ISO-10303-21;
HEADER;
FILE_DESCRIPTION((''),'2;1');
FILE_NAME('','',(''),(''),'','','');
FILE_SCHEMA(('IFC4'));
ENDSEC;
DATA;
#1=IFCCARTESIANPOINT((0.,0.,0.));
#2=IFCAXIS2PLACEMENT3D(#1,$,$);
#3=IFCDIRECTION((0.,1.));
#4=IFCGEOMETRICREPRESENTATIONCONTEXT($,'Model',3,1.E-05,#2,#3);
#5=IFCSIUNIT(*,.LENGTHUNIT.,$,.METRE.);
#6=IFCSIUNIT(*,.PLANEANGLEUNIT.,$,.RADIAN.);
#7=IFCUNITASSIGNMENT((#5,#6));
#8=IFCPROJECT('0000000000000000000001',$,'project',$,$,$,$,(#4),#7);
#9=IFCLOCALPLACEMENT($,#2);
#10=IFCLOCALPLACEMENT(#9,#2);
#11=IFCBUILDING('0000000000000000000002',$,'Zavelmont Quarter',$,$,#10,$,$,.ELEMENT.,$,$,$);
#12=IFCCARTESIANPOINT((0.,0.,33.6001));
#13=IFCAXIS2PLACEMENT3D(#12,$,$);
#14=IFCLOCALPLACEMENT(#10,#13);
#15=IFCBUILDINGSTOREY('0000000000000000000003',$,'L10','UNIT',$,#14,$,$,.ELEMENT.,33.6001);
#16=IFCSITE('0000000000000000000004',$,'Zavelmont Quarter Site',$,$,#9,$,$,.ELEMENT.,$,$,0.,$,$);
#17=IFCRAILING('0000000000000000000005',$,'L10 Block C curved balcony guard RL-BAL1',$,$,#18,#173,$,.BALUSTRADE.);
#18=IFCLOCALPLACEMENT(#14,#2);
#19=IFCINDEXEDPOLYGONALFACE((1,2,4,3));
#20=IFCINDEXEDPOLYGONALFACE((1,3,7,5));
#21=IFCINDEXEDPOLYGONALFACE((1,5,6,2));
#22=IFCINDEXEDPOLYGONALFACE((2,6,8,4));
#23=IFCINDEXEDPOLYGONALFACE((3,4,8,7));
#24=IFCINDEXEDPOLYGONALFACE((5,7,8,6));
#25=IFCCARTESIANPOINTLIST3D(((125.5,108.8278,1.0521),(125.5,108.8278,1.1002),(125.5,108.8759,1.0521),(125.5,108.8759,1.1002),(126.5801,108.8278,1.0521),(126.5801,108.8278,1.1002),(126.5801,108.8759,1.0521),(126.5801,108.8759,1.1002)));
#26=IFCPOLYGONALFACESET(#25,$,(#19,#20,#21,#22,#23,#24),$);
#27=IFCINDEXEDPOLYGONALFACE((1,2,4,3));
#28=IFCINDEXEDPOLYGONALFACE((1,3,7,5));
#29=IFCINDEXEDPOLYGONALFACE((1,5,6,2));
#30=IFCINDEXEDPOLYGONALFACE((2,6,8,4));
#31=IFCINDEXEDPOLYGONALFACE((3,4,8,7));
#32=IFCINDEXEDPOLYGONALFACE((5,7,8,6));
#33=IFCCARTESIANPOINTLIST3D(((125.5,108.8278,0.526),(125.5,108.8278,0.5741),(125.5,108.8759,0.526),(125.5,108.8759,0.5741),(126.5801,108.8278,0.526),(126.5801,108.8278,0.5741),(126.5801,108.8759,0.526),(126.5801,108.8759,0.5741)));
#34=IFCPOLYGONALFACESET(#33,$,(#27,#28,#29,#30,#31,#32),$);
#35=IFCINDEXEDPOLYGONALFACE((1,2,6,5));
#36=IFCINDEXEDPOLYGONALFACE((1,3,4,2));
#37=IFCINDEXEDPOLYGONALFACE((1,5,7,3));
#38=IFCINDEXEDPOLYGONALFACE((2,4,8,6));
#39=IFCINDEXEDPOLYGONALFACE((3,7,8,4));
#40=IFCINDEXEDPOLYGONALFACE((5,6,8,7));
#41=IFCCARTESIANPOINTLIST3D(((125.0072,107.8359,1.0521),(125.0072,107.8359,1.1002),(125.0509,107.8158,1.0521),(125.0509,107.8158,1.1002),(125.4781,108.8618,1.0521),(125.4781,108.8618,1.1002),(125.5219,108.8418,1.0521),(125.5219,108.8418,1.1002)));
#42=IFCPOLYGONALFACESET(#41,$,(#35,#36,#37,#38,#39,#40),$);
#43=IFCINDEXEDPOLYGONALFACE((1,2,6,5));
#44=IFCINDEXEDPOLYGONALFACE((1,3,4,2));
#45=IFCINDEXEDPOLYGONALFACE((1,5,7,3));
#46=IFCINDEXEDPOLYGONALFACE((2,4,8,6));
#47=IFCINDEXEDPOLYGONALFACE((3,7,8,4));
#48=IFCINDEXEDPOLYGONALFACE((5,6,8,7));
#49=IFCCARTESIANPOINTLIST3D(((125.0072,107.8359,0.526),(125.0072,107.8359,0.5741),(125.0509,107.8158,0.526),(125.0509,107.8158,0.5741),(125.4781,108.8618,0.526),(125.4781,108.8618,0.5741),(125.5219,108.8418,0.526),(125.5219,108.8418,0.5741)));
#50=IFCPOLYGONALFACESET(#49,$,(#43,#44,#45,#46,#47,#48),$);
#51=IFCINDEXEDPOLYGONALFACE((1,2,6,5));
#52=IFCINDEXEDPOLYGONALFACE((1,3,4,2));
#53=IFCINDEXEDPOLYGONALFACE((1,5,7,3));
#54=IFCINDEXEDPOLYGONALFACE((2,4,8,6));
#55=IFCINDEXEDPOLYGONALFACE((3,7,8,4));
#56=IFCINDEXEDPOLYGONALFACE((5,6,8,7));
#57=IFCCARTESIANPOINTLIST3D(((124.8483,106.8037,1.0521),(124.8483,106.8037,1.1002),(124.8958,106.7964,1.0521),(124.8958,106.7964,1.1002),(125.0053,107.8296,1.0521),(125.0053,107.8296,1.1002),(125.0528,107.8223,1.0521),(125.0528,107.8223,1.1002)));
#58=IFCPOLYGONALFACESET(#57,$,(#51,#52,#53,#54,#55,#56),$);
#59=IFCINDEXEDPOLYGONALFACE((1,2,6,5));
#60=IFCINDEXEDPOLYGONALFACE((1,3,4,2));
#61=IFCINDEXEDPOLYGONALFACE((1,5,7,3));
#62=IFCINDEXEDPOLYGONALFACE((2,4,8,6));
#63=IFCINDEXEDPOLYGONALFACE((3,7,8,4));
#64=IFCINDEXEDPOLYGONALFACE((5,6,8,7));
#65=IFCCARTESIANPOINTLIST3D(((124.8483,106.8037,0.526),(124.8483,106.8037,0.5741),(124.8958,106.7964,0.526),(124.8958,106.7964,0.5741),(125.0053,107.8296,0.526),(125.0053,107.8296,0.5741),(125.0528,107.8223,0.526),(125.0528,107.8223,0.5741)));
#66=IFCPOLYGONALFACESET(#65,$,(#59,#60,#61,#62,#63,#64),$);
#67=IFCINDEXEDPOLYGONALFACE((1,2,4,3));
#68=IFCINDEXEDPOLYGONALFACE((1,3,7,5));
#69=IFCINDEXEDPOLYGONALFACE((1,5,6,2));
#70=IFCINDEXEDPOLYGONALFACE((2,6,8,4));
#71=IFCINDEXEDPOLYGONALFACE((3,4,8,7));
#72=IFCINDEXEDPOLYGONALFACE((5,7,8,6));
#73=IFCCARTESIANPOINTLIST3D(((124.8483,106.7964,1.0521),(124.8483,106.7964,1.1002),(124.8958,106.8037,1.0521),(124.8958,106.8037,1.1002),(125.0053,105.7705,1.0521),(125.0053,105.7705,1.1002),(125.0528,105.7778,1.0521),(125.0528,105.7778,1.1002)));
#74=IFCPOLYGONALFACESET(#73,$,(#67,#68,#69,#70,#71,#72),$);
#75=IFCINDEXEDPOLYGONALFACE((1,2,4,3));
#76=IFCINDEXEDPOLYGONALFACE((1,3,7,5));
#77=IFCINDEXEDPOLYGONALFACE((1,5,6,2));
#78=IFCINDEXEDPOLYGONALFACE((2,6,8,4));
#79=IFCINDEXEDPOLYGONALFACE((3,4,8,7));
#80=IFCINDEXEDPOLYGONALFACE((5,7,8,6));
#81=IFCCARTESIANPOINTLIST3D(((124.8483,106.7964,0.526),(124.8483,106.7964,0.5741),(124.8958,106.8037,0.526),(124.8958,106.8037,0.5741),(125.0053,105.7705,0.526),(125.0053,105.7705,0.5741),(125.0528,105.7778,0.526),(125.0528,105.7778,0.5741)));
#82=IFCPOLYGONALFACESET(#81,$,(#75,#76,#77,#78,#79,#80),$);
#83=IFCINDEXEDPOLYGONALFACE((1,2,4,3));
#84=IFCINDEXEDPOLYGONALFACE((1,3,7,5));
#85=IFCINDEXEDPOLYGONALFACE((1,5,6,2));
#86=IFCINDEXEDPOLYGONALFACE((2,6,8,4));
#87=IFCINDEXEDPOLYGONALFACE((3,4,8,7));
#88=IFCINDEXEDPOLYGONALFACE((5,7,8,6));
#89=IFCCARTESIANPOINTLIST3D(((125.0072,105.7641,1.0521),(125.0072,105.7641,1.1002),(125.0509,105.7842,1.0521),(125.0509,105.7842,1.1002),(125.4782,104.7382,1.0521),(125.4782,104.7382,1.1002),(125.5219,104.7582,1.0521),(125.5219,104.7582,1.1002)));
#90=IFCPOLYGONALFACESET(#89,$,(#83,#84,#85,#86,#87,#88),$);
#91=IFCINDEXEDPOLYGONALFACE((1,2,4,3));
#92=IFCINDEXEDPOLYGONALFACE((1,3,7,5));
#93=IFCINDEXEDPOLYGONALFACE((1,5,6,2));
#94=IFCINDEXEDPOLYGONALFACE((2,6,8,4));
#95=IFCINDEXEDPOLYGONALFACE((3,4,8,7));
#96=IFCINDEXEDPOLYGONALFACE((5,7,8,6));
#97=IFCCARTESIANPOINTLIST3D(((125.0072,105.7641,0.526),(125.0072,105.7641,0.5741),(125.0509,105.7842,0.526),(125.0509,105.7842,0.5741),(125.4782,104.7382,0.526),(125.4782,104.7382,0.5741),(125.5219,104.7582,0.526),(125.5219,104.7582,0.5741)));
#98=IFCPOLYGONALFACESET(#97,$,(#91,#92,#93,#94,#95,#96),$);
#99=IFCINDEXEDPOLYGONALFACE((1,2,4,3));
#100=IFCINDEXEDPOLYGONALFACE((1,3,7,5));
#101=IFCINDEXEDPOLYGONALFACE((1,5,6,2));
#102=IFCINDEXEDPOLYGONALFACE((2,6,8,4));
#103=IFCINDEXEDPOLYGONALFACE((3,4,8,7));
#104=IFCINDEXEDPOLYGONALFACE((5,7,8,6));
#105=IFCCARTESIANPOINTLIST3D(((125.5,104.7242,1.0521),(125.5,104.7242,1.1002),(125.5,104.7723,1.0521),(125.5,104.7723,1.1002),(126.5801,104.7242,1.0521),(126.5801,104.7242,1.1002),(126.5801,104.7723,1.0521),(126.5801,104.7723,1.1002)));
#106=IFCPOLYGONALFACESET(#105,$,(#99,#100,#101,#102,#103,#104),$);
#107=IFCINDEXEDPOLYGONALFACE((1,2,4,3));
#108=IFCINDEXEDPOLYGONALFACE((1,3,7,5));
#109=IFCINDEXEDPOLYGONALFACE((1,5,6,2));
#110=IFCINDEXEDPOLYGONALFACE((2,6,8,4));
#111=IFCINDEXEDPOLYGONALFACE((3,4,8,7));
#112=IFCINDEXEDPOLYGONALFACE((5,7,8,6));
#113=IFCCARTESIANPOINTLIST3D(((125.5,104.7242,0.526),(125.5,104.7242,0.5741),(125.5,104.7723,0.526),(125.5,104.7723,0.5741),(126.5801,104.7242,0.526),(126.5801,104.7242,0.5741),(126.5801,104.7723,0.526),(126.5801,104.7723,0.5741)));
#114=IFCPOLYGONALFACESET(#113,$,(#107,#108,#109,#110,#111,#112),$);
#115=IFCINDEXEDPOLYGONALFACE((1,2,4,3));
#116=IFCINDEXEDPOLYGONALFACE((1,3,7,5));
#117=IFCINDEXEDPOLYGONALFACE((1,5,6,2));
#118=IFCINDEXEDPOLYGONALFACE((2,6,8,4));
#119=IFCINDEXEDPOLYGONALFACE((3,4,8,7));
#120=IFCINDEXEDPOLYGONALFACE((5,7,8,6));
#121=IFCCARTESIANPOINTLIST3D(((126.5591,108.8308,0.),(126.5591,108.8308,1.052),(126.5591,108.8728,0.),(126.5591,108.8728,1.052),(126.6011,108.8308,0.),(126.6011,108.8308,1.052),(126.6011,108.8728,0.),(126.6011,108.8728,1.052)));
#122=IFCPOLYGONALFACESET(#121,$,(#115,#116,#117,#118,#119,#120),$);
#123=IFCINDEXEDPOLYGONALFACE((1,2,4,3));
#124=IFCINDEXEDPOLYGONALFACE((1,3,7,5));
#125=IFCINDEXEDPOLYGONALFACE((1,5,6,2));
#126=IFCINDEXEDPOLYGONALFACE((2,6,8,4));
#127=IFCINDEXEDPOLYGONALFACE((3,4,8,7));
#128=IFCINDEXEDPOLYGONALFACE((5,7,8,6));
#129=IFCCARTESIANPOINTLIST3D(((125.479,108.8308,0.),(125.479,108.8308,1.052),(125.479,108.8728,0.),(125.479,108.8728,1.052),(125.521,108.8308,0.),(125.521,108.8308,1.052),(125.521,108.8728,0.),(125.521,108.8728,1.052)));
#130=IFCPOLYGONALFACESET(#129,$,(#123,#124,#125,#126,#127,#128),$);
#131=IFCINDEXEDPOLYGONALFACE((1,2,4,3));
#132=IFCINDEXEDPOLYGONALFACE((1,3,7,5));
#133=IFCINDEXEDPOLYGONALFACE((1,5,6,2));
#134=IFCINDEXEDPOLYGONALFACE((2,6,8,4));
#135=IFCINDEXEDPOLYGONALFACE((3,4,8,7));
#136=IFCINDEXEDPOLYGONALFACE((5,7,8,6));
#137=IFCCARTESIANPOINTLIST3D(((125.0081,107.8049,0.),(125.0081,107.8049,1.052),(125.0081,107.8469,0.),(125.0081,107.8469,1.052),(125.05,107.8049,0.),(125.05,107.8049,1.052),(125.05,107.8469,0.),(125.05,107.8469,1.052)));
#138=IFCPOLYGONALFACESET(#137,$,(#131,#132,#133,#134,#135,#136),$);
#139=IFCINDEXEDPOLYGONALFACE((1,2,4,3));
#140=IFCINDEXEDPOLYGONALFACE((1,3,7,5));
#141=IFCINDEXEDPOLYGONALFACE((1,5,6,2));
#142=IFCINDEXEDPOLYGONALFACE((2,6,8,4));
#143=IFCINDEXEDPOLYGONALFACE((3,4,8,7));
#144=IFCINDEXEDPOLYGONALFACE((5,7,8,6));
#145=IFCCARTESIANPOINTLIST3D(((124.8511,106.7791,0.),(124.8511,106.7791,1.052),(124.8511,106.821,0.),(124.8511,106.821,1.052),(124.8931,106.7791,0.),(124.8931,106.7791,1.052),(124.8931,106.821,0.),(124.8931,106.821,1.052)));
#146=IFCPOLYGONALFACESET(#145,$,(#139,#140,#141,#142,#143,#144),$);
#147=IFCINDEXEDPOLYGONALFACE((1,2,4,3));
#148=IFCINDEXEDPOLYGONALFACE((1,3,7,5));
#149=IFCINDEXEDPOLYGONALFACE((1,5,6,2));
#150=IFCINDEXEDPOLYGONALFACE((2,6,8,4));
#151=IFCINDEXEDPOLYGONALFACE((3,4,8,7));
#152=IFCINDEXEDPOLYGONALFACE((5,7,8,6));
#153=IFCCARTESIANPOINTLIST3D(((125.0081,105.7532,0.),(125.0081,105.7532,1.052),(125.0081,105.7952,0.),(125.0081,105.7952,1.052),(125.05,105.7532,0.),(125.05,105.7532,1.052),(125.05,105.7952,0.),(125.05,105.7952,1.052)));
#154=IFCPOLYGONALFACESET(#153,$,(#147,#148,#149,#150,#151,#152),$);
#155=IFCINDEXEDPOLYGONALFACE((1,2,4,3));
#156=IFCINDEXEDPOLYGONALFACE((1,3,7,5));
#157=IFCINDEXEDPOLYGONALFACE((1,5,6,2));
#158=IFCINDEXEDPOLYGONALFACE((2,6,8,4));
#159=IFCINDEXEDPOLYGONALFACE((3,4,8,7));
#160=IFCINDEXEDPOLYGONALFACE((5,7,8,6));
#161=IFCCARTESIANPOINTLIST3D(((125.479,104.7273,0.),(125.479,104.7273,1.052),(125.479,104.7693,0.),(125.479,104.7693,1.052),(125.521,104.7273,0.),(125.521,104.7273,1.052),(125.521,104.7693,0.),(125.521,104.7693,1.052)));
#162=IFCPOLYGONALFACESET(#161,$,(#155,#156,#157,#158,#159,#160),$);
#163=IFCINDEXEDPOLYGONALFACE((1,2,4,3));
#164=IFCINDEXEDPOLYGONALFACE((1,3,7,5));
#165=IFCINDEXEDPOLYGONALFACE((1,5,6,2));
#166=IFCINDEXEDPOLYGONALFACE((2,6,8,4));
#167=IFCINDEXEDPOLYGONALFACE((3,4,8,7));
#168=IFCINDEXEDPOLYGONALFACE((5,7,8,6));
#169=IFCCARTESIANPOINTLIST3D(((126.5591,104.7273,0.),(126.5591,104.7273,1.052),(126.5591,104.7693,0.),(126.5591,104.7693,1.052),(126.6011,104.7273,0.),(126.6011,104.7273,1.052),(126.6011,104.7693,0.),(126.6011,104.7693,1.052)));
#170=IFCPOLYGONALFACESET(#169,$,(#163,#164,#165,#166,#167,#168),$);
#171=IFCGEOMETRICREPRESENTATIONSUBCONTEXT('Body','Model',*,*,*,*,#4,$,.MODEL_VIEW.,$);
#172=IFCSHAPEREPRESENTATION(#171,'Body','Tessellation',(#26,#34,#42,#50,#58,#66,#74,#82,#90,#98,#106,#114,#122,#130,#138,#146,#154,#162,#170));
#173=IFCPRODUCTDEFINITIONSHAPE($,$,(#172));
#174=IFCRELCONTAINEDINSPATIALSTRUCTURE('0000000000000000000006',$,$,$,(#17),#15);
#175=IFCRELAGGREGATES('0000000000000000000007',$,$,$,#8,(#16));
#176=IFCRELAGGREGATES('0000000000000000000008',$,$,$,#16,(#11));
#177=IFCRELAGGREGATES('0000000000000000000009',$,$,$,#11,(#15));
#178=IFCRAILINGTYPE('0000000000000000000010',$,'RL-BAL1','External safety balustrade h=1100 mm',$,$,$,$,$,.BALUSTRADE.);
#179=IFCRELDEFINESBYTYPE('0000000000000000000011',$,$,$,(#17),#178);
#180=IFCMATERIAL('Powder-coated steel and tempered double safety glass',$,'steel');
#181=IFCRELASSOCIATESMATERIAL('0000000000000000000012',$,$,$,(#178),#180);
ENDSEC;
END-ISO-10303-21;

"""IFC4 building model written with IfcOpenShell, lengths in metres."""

from ifc_helpers import new_model, si_unit, direction, frame, origin, origin_2d, place, context, subcontext, project, spatial, rectangle, extrude, material, type_object, element, save


model = new_model("IFC4")

# Units and contexts
model_context = context("Model", 3, precision=1e-05, world=origin(), true_north=direction((0.0, 1.0)))
body_context = subcontext(model_context, "Body", "Model", "MODEL_VIEW")
ifc_project = project(units=[si_unit("LENGTHUNIT", "METRE"), si_unit("PLANEANGLEUNIT", "RADIAN")], contexts=[model_context])

# Site, building, storey
site_placement = place(None, origin())
site = spatial("IfcSite", under=ifc_project, at=site_placement, Name="Zavelmont Quarter Site", CompositionType="ELEMENT", RefElevation=0.0)
building_placement = place(site_placement, origin())
building = spatial("IfcBuilding", under=site, at=building_placement, Name="Zavelmont Quarter", CompositionType="ELEMENT")
storey_placement = place(building_placement, frame((0.0, 0.0, 33.6001)))
storey = spatial("IfcBuildingStorey", under=building, at=storey_placement, Name="L10", Description="UNIT", CompositionType="ELEMENT", Elevation=33.6001)

# Railing
ifc_material_1 = material(Name="Powder-coated steel and tempered double safety glass", Category="steel")
railing_type = type_object("IfcRailingType", Name="RL-BAL1", Description="External safety balustrade h=1100 mm", PredefinedType="BALUSTRADE", material=ifc_material_1)
railing_placement = place(storey_placement, frame((126.5801, 108.8518, 0.0)))
element("IfcRailing", 1, at=railing_placement, inside=storey, type_object=railing_type, Name="L10 Block C curved balcony guard RL-BAL1", PredefinedType="BALUSTRADE", context=body_context, shape_type="SweptSolid", body=[
    extrude(rectangle(XDim=0.0481, YDim=0.0481, at=origin_2d()), frame((0.0, 0.0, 1.0762), z_axis=(-1.0, 0.0, 0.0), x_axis=(0.0, -1.0, 0.0)), (0.0, 0.0, 1.0), 1.0801),
    extrude(rectangle(XDim=0.0481, YDim=0.0481, at=origin_2d()), frame((0.0, 0.0, 0.55), z_axis=(-1.0, 0.0, 0.0), x_axis=(0.0, -1.0, 0.0)), (0.0, 0.0, 1.0), 1.0801),
    extrude(rectangle(XDim=0.0481, YDim=0.0481, at=origin_2d()), frame((-1.0801, 0.0, 1.0762), z_axis=(-0.417206, -0.908812, 0.0), x_axis=(0.908812, -0.417206, 0.0)), (0.0, 0.0, 1.0), 1.1289),
    extrude(rectangle(XDim=0.0481, YDim=0.0481, at=origin_2d()), frame((-1.0801, 0.0, 0.55), z_axis=(-0.417206, -0.908812, 0.0), x_axis=(0.908812, -0.417206, 0.0)), (0.0, 0.0, 1.0), 1.1289),
    extrude(rectangle(XDim=0.0481, YDim=0.0481, at=origin_2d()), frame((-1.551, -1.0259, 1.0762), z_axis=(-0.151262, -0.988494, 0.0), x_axis=(0.988494, -0.151262, 0.0)), (0.0, 0.0, 1.0), 1.0378),
    extrude(rectangle(XDim=0.0481, YDim=0.0481, at=origin_2d()), frame((-1.551, -1.0259, 0.55), z_axis=(-0.151262, -0.988494, 0.0), x_axis=(0.988494, -0.151262, 0.0)), (0.0, 0.0, 1.0), 1.0378),
    extrude(rectangle(XDim=0.0481, YDim=0.0481, at=origin_2d()), frame((-1.708, -2.0518, 1.0762), z_axis=(0.151262, -0.988494, 0.0), x_axis=(0.988494, 0.151262, 0.0)), (0.0, 0.0, 1.0), 1.0378),
    extrude(rectangle(XDim=0.0481, YDim=0.0481, at=origin_2d()), frame((-1.708, -2.0518, 0.55), z_axis=(0.151262, -0.988494, 0.0), x_axis=(0.988494, 0.151262, 0.0)), (0.0, 0.0, 1.0), 1.0378),
    extrude(rectangle(XDim=0.0481, YDim=0.0481, at=origin_2d()), frame((-1.551, -3.0776, 1.0762), z_axis=(0.417206, -0.908812, 0.0), x_axis=(0.908812, 0.417206, 0.0)), (0.0, 0.0, 1.0), 1.1289),
    extrude(rectangle(XDim=0.0481, YDim=0.0481, at=origin_2d()), frame((-1.551, -3.0776, 0.55), z_axis=(0.417206, -0.908812, 0.0), x_axis=(0.908812, 0.417206, 0.0)), (0.0, 0.0, 1.0), 1.1289),
    extrude(rectangle(XDim=0.0481, YDim=0.0481, at=origin_2d()), frame((-1.0801, -4.1035, 1.0762), z_axis=(1.0, 0.0, 0.0), x_axis=(0.0, 1.0, 0.0)), (0.0, 0.0, 1.0), 1.0801),
    extrude(rectangle(XDim=0.0481, YDim=0.0481, at=origin_2d()), frame((-1.0801, -4.1035, 0.55), z_axis=(1.0, 0.0, 0.0), x_axis=(0.0, 1.0, 0.0)), (0.0, 0.0, 1.0), 1.0801),
    extrude(rectangle(XDim=0.042, YDim=0.042, at=origin_2d()), origin(), (0.0, 0.0, 1.0), 1.052),
    extrude(rectangle(XDim=0.042, YDim=0.042, at=origin_2d()), frame((-1.0801, 0.0, 0.0)), (0.0, 0.0, 1.0), 1.052),
    extrude(rectangle(XDim=0.042, YDim=0.042, at=origin_2d()), frame((-1.551, -1.0259, 0.0)), (0.0, 0.0, 1.0), 1.052),
    extrude(rectangle(XDim=0.042, YDim=0.042, at=origin_2d()), frame((-1.708, -2.0518, 0.0)), (0.0, 0.0, 1.0), 1.052),
    extrude(rectangle(XDim=0.042, YDim=0.042, at=origin_2d()), frame((-1.551, -3.0776, 0.0)), (0.0, 0.0, 1.0), 1.052),
    extrude(rectangle(XDim=0.042, YDim=0.042, at=origin_2d()), frame((-1.0801, -4.1035, 0.0)), (0.0, 0.0, 1.0), 1.052),
    extrude(rectangle(XDim=0.042, YDim=0.042, at=origin_2d()), frame((0.0, -4.1035, 0.0)), (0.0, 0.0, 1.0), 1.052),
])

save(model, "model.ifc")
